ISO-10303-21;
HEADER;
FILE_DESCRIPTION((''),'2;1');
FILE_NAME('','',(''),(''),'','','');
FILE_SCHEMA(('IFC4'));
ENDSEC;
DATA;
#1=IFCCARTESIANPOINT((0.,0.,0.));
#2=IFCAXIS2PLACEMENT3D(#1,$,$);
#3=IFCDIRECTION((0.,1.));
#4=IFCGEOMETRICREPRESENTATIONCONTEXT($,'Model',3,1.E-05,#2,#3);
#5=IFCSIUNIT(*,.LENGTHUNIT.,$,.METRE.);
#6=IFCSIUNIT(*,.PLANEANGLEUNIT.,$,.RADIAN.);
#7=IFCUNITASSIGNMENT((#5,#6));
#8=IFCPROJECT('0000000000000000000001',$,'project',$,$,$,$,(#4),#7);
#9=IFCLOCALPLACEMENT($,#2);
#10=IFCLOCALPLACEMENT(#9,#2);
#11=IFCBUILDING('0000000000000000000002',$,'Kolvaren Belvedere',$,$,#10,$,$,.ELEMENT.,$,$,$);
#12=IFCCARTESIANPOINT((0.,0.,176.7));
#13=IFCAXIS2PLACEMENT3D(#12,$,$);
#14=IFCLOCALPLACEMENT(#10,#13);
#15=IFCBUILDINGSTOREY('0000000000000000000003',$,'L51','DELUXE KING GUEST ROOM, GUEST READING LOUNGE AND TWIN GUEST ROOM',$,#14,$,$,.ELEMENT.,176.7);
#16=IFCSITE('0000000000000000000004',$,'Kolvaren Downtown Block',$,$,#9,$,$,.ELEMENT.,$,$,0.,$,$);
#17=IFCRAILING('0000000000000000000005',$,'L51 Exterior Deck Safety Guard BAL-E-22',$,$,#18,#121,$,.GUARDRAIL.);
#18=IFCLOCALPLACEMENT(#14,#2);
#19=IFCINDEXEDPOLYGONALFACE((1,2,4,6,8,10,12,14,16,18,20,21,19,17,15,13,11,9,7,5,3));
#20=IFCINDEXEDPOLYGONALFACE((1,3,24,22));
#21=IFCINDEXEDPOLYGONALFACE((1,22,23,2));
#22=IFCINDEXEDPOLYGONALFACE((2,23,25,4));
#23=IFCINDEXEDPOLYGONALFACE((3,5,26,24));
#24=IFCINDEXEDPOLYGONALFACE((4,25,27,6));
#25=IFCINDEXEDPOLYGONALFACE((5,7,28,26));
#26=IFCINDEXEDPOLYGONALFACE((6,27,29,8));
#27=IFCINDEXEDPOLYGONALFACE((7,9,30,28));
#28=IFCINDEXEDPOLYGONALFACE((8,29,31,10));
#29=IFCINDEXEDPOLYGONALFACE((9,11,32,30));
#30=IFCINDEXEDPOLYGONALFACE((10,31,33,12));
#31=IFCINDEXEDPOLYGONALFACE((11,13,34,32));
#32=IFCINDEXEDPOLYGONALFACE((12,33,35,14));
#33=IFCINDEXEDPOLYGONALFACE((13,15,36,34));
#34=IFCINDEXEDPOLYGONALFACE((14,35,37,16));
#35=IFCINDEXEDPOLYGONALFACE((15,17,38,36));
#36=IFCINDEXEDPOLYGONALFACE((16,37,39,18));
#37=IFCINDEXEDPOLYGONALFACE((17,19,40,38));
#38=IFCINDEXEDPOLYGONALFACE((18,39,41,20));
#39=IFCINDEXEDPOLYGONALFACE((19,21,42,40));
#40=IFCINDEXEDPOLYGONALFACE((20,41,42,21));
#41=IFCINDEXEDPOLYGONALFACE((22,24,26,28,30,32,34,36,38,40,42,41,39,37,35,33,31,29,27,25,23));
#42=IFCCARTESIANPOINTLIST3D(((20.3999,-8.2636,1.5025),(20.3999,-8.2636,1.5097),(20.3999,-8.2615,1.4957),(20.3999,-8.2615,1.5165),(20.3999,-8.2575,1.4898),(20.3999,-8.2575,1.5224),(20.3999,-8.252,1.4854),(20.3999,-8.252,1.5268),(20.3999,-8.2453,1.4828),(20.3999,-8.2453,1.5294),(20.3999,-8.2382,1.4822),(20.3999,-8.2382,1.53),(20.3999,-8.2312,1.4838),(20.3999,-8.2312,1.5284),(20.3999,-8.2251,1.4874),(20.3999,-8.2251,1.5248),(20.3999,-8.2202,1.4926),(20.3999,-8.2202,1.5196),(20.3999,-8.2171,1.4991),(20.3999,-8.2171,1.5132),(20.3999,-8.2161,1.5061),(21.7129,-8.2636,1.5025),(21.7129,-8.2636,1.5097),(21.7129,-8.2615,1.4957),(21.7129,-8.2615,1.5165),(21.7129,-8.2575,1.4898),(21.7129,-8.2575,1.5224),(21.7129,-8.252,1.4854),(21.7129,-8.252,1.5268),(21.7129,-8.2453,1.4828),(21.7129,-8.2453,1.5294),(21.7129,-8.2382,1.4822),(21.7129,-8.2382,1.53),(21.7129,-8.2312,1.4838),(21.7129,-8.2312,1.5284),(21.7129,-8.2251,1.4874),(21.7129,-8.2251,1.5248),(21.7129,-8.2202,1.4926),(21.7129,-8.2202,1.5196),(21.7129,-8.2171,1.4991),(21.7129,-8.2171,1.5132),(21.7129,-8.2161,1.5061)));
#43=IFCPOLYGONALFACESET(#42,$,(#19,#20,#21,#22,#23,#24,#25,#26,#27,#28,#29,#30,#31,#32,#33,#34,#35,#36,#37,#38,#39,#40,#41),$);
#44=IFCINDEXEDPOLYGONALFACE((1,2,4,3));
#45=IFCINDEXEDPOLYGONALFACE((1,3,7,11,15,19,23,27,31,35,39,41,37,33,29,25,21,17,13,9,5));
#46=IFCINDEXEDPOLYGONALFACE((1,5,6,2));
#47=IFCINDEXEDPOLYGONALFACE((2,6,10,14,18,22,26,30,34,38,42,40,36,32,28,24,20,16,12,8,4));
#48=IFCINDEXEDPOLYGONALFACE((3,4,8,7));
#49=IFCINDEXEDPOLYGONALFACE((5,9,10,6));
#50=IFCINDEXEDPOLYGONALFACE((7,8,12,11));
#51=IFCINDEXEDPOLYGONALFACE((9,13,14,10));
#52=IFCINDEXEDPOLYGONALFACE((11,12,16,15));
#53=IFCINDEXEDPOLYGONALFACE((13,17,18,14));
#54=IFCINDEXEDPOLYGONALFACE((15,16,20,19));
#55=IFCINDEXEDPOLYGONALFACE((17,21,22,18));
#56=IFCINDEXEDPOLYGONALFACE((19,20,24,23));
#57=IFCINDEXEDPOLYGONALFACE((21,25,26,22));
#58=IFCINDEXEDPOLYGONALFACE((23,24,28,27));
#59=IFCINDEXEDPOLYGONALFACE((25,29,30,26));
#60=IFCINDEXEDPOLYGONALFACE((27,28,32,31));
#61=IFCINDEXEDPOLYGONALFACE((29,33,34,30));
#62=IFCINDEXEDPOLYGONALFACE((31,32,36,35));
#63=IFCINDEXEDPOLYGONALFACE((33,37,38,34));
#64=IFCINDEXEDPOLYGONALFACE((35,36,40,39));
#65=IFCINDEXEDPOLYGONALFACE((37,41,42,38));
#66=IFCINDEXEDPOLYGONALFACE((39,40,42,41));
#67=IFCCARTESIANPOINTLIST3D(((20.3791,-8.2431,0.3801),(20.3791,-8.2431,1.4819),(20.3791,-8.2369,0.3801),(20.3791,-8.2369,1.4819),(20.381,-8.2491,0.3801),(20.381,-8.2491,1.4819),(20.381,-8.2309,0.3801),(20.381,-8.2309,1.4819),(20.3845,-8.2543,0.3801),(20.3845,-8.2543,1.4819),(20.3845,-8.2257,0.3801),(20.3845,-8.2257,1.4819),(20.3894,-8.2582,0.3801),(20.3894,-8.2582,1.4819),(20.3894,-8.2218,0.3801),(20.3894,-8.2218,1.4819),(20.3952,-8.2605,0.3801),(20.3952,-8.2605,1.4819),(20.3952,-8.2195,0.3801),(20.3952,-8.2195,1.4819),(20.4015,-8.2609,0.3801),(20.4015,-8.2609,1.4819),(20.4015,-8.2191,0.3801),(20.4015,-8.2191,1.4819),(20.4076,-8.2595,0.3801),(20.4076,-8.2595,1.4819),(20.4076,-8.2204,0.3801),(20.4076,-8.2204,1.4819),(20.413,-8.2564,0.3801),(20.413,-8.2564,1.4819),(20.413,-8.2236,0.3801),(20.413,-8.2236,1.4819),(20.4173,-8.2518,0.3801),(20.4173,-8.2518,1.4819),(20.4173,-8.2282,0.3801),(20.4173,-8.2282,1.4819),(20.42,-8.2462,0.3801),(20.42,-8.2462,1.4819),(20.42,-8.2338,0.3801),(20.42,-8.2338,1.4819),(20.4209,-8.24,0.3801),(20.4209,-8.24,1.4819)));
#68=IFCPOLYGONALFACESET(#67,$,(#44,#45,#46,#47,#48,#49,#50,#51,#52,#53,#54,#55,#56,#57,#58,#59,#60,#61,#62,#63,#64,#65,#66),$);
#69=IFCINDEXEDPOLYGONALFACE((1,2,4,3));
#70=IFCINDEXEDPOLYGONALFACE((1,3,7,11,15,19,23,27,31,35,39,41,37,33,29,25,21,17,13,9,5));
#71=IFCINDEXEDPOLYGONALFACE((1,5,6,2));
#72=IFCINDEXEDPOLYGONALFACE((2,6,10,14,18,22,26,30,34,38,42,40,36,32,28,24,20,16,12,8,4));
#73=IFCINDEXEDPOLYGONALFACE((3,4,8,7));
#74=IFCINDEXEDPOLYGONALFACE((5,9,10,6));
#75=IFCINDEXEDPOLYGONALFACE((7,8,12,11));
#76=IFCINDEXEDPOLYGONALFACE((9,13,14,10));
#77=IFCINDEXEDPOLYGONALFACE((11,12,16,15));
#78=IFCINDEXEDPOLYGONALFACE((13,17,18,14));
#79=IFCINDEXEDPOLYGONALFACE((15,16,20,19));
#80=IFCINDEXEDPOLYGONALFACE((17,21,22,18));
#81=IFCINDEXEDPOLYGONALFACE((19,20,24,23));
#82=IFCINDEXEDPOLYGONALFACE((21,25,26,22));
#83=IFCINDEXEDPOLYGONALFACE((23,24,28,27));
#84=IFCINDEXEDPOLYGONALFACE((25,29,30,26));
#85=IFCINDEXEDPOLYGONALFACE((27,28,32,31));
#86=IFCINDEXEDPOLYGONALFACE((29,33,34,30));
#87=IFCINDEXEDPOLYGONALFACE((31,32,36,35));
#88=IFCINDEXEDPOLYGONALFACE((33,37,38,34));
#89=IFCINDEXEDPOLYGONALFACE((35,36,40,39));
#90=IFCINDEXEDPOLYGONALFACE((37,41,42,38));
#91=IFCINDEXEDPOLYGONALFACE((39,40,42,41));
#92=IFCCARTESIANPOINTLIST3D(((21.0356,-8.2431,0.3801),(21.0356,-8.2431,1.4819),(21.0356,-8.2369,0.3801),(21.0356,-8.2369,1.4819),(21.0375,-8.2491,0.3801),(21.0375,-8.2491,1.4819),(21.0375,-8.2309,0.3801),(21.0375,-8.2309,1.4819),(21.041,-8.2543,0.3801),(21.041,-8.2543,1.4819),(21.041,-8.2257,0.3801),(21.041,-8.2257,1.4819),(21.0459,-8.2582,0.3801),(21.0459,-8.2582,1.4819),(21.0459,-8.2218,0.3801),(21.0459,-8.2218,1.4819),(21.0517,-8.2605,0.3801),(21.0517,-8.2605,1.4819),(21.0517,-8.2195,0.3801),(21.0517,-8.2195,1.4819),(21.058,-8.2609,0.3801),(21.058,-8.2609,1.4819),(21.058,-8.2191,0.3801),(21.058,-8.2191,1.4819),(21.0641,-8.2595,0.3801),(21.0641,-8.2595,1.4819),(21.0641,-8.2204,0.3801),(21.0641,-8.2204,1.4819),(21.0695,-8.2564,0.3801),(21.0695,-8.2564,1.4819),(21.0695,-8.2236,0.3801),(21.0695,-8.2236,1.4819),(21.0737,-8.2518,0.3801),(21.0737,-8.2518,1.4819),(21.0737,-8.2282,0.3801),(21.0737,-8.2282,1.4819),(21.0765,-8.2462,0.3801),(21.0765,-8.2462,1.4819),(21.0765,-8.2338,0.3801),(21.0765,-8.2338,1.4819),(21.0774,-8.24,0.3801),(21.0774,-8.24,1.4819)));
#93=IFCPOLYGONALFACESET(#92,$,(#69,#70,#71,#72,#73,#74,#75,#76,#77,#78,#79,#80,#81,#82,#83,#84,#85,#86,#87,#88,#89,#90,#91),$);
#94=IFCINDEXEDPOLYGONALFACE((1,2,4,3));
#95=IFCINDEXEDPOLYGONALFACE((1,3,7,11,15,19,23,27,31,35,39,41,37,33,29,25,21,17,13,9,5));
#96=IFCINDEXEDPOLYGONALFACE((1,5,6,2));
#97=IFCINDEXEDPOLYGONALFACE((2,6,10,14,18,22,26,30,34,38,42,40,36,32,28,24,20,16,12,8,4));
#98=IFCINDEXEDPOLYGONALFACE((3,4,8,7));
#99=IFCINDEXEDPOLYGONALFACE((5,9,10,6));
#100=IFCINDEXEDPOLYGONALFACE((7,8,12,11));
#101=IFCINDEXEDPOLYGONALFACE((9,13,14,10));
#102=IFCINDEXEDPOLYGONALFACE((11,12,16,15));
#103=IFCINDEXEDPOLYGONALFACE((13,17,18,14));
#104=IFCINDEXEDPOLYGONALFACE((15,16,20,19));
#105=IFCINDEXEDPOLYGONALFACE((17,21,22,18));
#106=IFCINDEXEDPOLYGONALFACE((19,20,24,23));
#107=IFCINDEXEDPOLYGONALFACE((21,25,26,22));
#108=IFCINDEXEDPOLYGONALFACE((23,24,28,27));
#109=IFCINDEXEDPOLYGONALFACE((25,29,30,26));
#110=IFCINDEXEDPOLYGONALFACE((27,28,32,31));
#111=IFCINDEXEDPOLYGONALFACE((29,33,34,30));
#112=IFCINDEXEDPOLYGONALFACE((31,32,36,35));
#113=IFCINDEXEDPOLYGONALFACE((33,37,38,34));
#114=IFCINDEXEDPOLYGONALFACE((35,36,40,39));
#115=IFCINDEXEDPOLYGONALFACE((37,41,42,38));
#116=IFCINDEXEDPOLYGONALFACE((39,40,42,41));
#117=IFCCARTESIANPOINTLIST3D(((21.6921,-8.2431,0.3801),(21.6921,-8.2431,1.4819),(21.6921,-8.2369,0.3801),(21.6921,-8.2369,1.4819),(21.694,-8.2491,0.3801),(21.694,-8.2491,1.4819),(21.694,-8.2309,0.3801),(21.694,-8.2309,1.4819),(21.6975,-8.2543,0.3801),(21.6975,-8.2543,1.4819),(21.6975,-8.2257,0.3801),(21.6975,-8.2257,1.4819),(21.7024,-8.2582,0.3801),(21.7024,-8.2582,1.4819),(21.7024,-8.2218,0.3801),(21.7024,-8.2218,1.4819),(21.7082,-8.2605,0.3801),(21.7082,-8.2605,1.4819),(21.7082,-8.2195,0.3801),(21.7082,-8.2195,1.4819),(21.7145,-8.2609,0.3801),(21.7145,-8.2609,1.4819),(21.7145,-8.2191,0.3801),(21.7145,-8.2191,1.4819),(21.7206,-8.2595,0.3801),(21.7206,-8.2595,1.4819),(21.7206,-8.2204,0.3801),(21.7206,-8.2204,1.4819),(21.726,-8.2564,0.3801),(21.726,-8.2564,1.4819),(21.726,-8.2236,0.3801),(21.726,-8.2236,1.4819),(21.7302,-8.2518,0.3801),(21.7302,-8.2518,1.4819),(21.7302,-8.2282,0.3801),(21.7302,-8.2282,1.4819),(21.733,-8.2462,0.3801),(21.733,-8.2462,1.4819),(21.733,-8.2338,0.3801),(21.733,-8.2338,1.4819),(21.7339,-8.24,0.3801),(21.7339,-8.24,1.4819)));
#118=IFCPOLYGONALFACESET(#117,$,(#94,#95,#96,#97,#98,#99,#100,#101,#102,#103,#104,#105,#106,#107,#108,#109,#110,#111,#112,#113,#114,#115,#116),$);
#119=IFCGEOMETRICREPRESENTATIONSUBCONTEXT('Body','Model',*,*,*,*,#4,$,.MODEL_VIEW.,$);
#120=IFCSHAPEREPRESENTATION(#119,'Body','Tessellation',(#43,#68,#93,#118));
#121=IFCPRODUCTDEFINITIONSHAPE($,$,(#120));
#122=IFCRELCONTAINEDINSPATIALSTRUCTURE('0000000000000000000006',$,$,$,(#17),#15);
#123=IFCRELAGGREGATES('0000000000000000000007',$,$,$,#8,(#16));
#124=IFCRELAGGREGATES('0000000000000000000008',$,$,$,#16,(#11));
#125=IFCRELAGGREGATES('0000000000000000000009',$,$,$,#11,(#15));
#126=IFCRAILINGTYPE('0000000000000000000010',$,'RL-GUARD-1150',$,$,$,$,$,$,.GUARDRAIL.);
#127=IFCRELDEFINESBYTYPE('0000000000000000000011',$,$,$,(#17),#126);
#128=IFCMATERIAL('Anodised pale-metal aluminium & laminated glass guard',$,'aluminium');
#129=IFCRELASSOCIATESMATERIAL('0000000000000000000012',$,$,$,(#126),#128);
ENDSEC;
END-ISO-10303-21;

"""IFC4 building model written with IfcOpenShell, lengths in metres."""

from ifc_helpers import new_model, si_unit, direction, frame, origin, origin_2d, place, context, subcontext, project, spatial, circle, extrude, material, type_object, element, save


model = new_model("IFC4")

# Units and contexts
model_context = context("Model", 3, precision=1e-05, world=origin(), true_north=direction((0.0, 1.0)))
body_context = subcontext(model_context, "Body", "Model", "MODEL_VIEW")
ifc_project = project(units=[si_unit("LENGTHUNIT", "METRE"), si_unit("PLANEANGLEUNIT", "RADIAN")], contexts=[model_context])

# Site, building, storey
site_placement = place(None, origin())
site = spatial("IfcSite", under=ifc_project, at=site_placement, Name="Kolvaren Downtown Block", CompositionType="ELEMENT", RefElevation=0.0)
building_placement = place(site_placement, origin())
building = spatial("IfcBuilding", under=site, at=building_placement, Name="Kolvaren Belvedere", CompositionType="ELEMENT")
storey_placement = place(building_placement, frame((0.0, 0.0, 176.7)))
storey = spatial("IfcBuildingStorey", under=building, at=storey_placement, Name="L51", Description="DELUXE KING GUEST ROOM, GUEST READING LOUNGE AND TWIN GUEST ROOM", CompositionType="ELEMENT", Elevation=176.7)

# Railing
ifc_material_1 = material(Name="Anodised pale-metal aluminium & laminated glass guard", Category="aluminium")
railing_type = type_object("IfcRailingType", Name="RL-GUARD-1150", PredefinedType="GUARDRAIL", material=ifc_material_1)
railing_1_placement = place(storey_placement, frame((20.3999, -8.24, 0.3801)))
element("IfcRailing", 1, at=railing_1_placement, inside=storey, type_object=railing_type, Name="L51 Exterior Deck Safety Guard BAL-E-22", PredefinedType="GUARDRAIL", context=body_context, shape_type="SweptSolid", body=[
    extrude(circle(Radius=0.0239, at=origin_2d()), frame((0.0, 0.0, 1.126), z_axis=(1.0, 0.0, 0.0), x_axis=(0.0, 1.0, 0.0)), (0.0, 0.0, 1.0), 1.313),
    extrude(circle(Radius=0.021, at=origin_2d()), origin(), (0.0, 0.0, 1.0), 1.1018),
    extrude(circle(Radius=0.021, at=origin_2d()), frame((0.6565, 0.0, 0.0)), (0.0, 0.0, 1.0), 1.1018),
    extrude(circle(Radius=0.021, at=origin_2d()), frame((1.313, 0.0, 0.0)), (0.0, 0.0, 1.0), 1.1018),
])

save(model, "model.ifc")
